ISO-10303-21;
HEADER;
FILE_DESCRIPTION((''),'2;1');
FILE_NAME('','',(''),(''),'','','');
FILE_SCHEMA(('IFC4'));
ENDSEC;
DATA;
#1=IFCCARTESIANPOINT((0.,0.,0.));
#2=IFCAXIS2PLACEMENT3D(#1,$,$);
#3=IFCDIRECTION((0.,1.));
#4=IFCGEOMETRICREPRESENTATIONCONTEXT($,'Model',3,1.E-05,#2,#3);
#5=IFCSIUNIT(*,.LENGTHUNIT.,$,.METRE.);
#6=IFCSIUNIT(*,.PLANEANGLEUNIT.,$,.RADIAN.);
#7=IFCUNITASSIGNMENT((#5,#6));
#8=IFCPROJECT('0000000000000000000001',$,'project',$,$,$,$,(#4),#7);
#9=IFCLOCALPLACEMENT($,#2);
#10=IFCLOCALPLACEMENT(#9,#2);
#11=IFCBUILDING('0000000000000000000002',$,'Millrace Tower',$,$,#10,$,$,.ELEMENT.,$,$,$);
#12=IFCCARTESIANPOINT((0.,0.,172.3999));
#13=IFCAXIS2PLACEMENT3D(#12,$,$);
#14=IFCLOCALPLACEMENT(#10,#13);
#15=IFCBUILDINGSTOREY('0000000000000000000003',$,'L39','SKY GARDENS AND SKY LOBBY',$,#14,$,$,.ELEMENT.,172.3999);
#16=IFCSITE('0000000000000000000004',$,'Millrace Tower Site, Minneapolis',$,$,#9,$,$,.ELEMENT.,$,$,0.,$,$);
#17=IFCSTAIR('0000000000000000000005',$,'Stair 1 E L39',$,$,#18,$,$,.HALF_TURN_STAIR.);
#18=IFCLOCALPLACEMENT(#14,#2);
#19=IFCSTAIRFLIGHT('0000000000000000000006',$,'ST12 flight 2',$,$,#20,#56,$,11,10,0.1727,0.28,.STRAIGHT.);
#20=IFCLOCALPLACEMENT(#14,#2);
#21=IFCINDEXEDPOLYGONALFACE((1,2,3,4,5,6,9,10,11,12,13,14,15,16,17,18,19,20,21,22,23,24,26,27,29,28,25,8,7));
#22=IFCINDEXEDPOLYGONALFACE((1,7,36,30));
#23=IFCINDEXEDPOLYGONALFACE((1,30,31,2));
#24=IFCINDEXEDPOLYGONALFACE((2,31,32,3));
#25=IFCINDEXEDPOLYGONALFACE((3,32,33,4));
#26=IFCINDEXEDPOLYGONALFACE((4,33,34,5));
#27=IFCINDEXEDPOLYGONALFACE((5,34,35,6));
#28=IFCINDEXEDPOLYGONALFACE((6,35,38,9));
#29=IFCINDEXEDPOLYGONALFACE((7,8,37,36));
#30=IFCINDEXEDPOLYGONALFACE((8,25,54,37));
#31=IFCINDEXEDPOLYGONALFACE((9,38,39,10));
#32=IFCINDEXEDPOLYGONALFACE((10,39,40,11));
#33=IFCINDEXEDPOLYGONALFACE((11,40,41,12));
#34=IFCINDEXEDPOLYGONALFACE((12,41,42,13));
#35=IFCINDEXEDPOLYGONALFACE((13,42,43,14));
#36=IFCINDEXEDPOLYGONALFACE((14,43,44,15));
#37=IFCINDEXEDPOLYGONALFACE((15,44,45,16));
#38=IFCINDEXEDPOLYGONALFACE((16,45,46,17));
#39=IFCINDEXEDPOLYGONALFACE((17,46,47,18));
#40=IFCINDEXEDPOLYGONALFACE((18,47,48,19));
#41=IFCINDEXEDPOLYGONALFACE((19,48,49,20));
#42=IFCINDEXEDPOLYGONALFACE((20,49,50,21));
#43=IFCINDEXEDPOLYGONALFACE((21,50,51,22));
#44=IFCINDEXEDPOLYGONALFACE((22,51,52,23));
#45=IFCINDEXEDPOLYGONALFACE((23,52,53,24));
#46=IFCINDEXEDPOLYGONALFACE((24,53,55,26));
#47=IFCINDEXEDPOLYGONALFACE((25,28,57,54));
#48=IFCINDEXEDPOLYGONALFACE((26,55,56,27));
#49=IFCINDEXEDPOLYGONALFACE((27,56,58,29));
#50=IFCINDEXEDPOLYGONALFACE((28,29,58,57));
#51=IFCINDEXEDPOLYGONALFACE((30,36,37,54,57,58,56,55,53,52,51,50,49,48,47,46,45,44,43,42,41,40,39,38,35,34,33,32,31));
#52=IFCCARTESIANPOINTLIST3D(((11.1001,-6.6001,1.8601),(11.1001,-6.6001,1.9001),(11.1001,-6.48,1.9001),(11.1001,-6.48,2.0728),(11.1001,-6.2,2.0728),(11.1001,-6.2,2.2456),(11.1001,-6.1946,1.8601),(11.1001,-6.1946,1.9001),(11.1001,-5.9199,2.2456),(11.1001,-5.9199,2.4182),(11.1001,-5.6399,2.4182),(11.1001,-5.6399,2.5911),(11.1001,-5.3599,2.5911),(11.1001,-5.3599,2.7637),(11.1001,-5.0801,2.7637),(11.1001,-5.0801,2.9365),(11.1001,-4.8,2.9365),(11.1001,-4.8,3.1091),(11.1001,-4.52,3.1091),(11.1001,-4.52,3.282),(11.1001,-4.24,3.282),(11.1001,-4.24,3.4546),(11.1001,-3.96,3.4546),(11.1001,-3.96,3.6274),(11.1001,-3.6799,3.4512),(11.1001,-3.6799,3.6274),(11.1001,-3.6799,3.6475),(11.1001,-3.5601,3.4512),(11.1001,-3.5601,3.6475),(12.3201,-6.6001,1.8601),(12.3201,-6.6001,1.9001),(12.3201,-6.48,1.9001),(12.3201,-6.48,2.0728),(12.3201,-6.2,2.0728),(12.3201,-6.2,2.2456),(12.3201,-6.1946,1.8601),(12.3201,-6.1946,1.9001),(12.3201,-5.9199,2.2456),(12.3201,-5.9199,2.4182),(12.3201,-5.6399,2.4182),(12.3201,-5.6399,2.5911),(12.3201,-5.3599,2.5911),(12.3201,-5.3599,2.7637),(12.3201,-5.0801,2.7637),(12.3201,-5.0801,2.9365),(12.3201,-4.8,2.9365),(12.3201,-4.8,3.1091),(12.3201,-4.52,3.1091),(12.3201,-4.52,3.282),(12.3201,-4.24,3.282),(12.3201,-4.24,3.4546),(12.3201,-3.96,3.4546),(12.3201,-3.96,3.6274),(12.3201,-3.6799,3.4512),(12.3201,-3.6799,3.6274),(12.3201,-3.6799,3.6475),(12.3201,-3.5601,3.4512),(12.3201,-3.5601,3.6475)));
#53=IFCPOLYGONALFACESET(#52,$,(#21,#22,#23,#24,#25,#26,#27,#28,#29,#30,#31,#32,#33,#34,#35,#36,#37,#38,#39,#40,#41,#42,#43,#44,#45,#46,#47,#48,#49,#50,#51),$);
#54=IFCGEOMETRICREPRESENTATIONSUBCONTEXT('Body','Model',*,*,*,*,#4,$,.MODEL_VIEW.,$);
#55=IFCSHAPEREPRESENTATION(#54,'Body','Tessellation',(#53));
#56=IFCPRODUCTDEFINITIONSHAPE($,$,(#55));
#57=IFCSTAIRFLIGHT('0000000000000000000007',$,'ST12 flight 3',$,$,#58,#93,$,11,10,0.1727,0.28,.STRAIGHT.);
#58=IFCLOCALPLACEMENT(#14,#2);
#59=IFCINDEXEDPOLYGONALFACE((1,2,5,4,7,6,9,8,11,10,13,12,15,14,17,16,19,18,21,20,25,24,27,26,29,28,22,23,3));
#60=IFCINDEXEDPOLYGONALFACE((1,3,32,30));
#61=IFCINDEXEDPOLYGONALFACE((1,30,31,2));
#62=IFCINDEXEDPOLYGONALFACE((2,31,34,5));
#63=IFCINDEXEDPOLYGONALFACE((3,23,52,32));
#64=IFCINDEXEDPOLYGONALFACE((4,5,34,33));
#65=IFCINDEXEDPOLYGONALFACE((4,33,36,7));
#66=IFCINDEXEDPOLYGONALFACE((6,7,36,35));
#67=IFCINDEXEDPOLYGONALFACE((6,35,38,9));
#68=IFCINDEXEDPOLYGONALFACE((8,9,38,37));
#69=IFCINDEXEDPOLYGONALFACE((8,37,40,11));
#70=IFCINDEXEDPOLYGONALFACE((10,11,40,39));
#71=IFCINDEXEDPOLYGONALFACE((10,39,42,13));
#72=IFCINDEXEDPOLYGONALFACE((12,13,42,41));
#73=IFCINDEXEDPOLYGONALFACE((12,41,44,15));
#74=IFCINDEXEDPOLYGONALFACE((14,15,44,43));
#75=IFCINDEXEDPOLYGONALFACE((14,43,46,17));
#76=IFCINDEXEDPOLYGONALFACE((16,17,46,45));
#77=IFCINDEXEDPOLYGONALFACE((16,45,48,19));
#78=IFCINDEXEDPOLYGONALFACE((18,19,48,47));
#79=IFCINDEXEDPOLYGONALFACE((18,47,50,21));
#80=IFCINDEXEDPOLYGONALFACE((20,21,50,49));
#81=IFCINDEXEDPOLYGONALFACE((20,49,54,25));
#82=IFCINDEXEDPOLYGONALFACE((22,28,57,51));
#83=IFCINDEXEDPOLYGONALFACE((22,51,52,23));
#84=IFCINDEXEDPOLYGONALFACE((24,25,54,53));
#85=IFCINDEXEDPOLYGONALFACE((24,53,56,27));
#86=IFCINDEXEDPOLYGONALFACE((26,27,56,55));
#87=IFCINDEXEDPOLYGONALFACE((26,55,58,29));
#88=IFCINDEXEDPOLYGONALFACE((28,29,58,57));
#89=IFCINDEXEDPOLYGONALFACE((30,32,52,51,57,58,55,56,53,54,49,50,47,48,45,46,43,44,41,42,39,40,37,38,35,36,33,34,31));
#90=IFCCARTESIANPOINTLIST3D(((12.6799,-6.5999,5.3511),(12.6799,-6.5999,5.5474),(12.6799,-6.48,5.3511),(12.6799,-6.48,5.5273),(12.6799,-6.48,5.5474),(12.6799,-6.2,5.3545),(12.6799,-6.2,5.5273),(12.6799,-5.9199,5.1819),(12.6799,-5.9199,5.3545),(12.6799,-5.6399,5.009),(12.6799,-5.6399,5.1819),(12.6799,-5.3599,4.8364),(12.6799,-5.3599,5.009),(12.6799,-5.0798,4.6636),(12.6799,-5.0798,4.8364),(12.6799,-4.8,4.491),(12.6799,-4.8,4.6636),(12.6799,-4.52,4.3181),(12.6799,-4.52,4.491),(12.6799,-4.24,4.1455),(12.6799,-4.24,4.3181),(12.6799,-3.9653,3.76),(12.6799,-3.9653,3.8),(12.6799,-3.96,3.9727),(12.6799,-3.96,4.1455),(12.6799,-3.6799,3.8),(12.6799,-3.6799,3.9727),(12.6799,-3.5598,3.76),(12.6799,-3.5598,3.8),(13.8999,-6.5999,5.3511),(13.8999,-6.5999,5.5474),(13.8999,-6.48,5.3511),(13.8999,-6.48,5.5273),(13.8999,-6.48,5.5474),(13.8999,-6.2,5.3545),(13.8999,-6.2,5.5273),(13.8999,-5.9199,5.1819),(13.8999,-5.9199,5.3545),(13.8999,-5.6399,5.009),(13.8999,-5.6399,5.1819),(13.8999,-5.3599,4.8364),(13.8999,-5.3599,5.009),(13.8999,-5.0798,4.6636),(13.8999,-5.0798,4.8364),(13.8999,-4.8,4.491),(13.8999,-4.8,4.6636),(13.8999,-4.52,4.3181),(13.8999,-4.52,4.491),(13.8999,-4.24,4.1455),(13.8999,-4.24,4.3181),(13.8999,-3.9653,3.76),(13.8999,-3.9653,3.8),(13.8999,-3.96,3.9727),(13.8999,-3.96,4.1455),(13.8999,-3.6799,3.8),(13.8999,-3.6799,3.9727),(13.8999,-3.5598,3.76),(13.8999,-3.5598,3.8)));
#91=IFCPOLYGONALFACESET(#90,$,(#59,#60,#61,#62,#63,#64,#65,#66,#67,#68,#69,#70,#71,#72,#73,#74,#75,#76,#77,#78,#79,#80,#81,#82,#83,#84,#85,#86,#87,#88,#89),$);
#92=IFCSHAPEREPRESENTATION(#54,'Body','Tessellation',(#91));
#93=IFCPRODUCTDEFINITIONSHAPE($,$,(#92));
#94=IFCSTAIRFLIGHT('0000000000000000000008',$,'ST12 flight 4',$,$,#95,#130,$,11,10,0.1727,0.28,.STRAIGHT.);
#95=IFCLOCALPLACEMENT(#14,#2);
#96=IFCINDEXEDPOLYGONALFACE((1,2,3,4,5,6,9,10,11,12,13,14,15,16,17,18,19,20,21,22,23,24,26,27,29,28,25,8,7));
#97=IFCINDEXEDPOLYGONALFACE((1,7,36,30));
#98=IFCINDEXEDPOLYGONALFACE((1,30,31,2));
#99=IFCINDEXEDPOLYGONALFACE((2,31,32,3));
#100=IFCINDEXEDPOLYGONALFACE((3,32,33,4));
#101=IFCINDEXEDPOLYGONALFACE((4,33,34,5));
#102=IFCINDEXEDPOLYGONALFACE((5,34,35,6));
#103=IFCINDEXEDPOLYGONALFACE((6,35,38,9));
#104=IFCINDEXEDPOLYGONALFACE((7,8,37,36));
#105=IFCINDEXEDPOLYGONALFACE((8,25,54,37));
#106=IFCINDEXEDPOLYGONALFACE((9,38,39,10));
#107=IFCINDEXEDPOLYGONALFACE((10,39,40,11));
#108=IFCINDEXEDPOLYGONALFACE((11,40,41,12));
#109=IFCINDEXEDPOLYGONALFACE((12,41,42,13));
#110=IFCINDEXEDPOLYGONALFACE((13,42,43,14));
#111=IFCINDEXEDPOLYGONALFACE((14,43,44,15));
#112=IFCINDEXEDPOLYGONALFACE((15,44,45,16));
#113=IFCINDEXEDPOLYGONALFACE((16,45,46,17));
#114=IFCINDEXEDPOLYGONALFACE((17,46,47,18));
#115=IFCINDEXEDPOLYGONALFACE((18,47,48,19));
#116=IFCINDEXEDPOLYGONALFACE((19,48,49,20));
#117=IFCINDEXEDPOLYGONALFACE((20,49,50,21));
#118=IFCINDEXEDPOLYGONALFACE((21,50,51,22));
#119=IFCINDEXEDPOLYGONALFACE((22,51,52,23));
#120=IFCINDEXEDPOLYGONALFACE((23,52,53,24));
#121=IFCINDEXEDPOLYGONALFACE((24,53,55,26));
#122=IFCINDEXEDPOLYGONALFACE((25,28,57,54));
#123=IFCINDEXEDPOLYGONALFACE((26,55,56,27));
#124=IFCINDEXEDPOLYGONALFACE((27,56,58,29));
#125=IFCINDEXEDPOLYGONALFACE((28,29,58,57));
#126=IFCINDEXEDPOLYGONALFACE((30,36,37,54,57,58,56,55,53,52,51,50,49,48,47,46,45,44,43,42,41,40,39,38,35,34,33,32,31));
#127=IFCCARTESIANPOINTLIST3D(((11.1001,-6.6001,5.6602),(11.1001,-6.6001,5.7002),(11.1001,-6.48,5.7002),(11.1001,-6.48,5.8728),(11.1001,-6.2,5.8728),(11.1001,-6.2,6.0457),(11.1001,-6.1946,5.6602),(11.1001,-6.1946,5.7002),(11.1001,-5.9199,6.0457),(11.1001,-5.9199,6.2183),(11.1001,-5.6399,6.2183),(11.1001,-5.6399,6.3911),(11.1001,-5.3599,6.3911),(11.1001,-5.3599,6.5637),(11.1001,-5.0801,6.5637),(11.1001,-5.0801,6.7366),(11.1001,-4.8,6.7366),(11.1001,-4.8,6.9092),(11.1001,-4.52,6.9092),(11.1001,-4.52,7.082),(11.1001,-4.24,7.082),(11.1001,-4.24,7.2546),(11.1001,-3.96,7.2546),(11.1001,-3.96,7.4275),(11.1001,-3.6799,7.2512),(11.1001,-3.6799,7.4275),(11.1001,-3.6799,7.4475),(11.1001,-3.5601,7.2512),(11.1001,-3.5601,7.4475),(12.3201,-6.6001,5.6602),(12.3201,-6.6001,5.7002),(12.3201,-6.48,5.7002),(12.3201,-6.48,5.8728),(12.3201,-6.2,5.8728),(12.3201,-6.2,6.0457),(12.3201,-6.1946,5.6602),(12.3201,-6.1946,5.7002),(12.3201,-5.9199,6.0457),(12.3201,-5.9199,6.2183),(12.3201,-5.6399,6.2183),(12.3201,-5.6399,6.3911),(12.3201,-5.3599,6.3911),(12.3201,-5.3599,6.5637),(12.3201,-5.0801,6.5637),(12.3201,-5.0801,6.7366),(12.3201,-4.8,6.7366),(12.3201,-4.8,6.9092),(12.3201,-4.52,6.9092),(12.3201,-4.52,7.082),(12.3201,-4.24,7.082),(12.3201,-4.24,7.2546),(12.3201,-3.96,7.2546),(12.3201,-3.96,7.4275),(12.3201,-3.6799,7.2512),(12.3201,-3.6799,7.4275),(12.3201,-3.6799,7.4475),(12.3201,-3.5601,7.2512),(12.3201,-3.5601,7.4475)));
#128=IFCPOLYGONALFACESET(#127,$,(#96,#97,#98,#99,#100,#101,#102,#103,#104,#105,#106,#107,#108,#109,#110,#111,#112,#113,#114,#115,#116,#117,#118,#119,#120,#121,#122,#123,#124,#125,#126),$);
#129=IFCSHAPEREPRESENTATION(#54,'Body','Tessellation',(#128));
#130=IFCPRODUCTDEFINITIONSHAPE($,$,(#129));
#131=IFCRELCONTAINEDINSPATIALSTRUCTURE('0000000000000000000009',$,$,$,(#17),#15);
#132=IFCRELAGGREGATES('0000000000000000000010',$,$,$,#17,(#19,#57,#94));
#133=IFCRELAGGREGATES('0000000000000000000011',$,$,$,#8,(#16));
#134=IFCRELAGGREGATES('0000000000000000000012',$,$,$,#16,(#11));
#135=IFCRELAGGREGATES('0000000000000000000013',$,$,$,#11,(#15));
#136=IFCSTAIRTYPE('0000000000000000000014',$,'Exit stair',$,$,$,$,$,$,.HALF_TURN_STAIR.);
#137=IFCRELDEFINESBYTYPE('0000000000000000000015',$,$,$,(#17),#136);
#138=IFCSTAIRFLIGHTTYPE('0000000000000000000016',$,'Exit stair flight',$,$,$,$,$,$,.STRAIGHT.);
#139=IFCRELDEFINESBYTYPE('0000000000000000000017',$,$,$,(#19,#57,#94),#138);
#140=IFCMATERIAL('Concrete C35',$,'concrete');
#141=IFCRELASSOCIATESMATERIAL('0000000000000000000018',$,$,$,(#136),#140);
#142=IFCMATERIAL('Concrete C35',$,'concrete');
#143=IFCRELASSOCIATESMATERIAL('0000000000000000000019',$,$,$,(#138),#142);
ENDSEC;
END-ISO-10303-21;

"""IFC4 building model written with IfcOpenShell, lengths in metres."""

from ifc_helpers import new_model, si_unit, direction, frame, origin, place, context, subcontext, project, spatial, polyline, outline, extrude, material, type_object, element, aggregate, save


model = new_model("IFC4")

# Units and contexts
model_context = context("Model", 3, precision=1e-05, world=origin(), true_north=direction((0.0, 1.0)))
body_context = subcontext(model_context, "Body", "Model", "MODEL_VIEW")
ifc_project = project(units=[si_unit("LENGTHUNIT", "METRE"), si_unit("PLANEANGLEUNIT", "RADIAN")], contexts=[model_context])

# Site, building, storey
site_placement = place(None, origin())
site = spatial("IfcSite", under=ifc_project, at=site_placement, Name="Millrace Tower Site, Minneapolis", CompositionType="ELEMENT", RefElevation=0.0)
building_placement = place(site_placement, origin())
building = spatial("IfcBuilding", under=site, at=building_placement, Name="Millrace Tower", CompositionType="ELEMENT")
storey_placement = place(building_placement, frame((0.0, 0.0, 172.3999)))
storey = spatial("IfcBuildingStorey", under=building, at=storey_placement, Name="L39", Description="SKY GARDENS AND SKY LOBBY", CompositionType="ELEMENT", Elevation=172.3999)

# Shared definitions
placement = place(storey_placement, origin())

# Stair, stair flights
ifc_material_1 = material(Name="Concrete C35", Category="concrete")
stair_type = type_object("IfcStairType", Name="Exit stair", PredefinedType="HALF_TURN_STAIR", material=ifc_material_1)
stair = element("IfcStair", 1, at=placement, inside=storey, type_object=stair_type, Name="Stair 1 E L39", PredefinedType="HALF_TURN_STAIR")
ifc_material_2 = material(Name="Concrete C35", Category="concrete")
stair_flight_type = type_object("IfcStairFlightType", Name="Exit stair flight", PredefinedType="STRAIGHT", material=ifc_material_2)
stair_flight_1_placement = place(storey_placement, frame((11.71, -6.48, 1.9001), z_axis=(0.0, 0.0, 1.0), x_axis=(0.0, 1.0, 0.0)))
stair_flight_1 = element("IfcStairFlight", 2, at=stair_flight_1_placement, type_object=stair_flight_type, Name="ST12 flight 2", NumberOfRisers=11, NumberOfTreads=10, PredefinedType="STRAIGHT", RiserHeight=0.1727, TreadLength=0.28, context=body_context, shape_type="SweptSolid", body=[
    extrude(outline(polyline([(-0.1201, -0.04), (-0.1201, 0.0), (0.0, 0.0), (0.0, 0.1726), (0.28, 0.1726), (0.28, 0.3455), (0.5601, 0.3455), (0.5601, 0.5181), (0.8401, 0.5181), (0.8401, 0.6909), (1.1201, 0.6909), (1.1201, 0.8635), (1.3999, 0.8635), (1.3999, 1.0364), (1.6799, 1.0364), (1.6799, 1.209), (1.96, 1.209), (1.96, 1.3818), (2.24, 1.3818), (2.24, 1.5544), (2.52, 1.5544), (2.52, 1.7273), (2.8, 1.7273), (2.8, 1.7473), (2.9199, 1.7473), (2.9199, 1.551), (2.8, 1.551), (0.2854, 0.0), (0.2854, -0.04), (-0.1201, -0.04)])), frame((0.0, 0.6099, 0.0), z_axis=(0.0, -1.0, 0.0), x_axis=(1.0, 0.0, 0.0)), (0.0, 0.0, 1.0), 1.22),
])
stair_flight_2_placement = place(storey_placement, frame((13.29, -3.6799, 3.8), z_axis=(0.0, 0.0, 1.0), x_axis=(0.0, -1.0, 0.0)))
stair_flight_2 = element("IfcStairFlight", 3, at=stair_flight_2_placement, type_object=stair_flight_type, Name="ST12 flight 3", NumberOfRisers=11, NumberOfTreads=10, PredefinedType="STRAIGHT", RiserHeight=0.1727, TreadLength=0.28, context=body_context, shape_type="SweptSolid", body=[
    extrude(outline(polyline([(-0.1201, -0.04), (-0.1201, 0.0), (0.0, 0.0), (0.0, 0.1726), (0.28, 0.1726), (0.28, 0.3455), (0.5601, 0.3455), (0.5601, 0.5181), (0.8401, 0.5181), (0.8401, 0.6909), (1.1201, 0.6909), (1.1201, 0.8635), (1.3999, 0.8635), (1.3999, 1.0364), (1.6799, 1.0364), (1.6799, 1.209), (1.96, 1.209), (1.96, 1.3818), (2.24, 1.3818), (2.24, 1.5544), (2.52, 1.5544), (2.52, 1.7273), (2.8, 1.7273), (2.8, 1.7473), (2.9199, 1.7473), (2.9199, 1.551), (2.8, 1.551), (0.2854, 0.0), (0.2854, -0.04), (-0.1201, -0.04)])), frame((0.0, 0.6099, 0.0), z_axis=(0.0, -1.0, 0.0), x_axis=(1.0, 0.0, 0.0)), (0.0, 0.0, 1.0), 1.22),
])
stair_flight_3_placement = place(storey_placement, frame((11.71, -6.48, 5.7002), z_axis=(0.0, 0.0, 1.0), x_axis=(0.0, 1.0, 0.0)))
stair_flight_3 = element("IfcStairFlight", 4, at=stair_flight_3_placement, type_object=stair_flight_type, Name="ST12 flight 4", NumberOfRisers=11, NumberOfTreads=10, PredefinedType="STRAIGHT", RiserHeight=0.1727, TreadLength=0.28, context=body_context, shape_type="SweptSolid", body=[
    extrude(outline(polyline([(-0.1201, -0.04), (-0.1201, 0.0), (0.0, 0.0), (0.0, 0.1726), (0.28, 0.1726), (0.28, 0.3455), (0.5601, 0.3455), (0.5601, 0.5181), (0.8401, 0.5181), (0.8401, 0.6909), (1.1201, 0.6909), (1.1201, 0.8635), (1.3999, 0.8635), (1.3999, 1.0364), (1.6799, 1.0364), (1.6799, 1.209), (1.96, 1.209), (1.96, 1.3818), (2.24, 1.3818), (2.24, 1.5544), (2.52, 1.5544), (2.52, 1.7273), (2.8, 1.7273), (2.8, 1.7473), (2.9199, 1.7473), (2.9199, 1.551), (2.8, 1.551), (0.2854, 0.0), (0.2854, -0.04), (-0.1201, -0.04)])), frame((0.0, 0.6099, 0.0), z_axis=(0.0, -1.0, 0.0), x_axis=(1.0, 0.0, 0.0)), (0.0, 0.0, 1.0), 1.22),
])
aggregate(stair, [stair_flight_1, stair_flight_2, stair_flight_3])

save(model, "model.ifc")
